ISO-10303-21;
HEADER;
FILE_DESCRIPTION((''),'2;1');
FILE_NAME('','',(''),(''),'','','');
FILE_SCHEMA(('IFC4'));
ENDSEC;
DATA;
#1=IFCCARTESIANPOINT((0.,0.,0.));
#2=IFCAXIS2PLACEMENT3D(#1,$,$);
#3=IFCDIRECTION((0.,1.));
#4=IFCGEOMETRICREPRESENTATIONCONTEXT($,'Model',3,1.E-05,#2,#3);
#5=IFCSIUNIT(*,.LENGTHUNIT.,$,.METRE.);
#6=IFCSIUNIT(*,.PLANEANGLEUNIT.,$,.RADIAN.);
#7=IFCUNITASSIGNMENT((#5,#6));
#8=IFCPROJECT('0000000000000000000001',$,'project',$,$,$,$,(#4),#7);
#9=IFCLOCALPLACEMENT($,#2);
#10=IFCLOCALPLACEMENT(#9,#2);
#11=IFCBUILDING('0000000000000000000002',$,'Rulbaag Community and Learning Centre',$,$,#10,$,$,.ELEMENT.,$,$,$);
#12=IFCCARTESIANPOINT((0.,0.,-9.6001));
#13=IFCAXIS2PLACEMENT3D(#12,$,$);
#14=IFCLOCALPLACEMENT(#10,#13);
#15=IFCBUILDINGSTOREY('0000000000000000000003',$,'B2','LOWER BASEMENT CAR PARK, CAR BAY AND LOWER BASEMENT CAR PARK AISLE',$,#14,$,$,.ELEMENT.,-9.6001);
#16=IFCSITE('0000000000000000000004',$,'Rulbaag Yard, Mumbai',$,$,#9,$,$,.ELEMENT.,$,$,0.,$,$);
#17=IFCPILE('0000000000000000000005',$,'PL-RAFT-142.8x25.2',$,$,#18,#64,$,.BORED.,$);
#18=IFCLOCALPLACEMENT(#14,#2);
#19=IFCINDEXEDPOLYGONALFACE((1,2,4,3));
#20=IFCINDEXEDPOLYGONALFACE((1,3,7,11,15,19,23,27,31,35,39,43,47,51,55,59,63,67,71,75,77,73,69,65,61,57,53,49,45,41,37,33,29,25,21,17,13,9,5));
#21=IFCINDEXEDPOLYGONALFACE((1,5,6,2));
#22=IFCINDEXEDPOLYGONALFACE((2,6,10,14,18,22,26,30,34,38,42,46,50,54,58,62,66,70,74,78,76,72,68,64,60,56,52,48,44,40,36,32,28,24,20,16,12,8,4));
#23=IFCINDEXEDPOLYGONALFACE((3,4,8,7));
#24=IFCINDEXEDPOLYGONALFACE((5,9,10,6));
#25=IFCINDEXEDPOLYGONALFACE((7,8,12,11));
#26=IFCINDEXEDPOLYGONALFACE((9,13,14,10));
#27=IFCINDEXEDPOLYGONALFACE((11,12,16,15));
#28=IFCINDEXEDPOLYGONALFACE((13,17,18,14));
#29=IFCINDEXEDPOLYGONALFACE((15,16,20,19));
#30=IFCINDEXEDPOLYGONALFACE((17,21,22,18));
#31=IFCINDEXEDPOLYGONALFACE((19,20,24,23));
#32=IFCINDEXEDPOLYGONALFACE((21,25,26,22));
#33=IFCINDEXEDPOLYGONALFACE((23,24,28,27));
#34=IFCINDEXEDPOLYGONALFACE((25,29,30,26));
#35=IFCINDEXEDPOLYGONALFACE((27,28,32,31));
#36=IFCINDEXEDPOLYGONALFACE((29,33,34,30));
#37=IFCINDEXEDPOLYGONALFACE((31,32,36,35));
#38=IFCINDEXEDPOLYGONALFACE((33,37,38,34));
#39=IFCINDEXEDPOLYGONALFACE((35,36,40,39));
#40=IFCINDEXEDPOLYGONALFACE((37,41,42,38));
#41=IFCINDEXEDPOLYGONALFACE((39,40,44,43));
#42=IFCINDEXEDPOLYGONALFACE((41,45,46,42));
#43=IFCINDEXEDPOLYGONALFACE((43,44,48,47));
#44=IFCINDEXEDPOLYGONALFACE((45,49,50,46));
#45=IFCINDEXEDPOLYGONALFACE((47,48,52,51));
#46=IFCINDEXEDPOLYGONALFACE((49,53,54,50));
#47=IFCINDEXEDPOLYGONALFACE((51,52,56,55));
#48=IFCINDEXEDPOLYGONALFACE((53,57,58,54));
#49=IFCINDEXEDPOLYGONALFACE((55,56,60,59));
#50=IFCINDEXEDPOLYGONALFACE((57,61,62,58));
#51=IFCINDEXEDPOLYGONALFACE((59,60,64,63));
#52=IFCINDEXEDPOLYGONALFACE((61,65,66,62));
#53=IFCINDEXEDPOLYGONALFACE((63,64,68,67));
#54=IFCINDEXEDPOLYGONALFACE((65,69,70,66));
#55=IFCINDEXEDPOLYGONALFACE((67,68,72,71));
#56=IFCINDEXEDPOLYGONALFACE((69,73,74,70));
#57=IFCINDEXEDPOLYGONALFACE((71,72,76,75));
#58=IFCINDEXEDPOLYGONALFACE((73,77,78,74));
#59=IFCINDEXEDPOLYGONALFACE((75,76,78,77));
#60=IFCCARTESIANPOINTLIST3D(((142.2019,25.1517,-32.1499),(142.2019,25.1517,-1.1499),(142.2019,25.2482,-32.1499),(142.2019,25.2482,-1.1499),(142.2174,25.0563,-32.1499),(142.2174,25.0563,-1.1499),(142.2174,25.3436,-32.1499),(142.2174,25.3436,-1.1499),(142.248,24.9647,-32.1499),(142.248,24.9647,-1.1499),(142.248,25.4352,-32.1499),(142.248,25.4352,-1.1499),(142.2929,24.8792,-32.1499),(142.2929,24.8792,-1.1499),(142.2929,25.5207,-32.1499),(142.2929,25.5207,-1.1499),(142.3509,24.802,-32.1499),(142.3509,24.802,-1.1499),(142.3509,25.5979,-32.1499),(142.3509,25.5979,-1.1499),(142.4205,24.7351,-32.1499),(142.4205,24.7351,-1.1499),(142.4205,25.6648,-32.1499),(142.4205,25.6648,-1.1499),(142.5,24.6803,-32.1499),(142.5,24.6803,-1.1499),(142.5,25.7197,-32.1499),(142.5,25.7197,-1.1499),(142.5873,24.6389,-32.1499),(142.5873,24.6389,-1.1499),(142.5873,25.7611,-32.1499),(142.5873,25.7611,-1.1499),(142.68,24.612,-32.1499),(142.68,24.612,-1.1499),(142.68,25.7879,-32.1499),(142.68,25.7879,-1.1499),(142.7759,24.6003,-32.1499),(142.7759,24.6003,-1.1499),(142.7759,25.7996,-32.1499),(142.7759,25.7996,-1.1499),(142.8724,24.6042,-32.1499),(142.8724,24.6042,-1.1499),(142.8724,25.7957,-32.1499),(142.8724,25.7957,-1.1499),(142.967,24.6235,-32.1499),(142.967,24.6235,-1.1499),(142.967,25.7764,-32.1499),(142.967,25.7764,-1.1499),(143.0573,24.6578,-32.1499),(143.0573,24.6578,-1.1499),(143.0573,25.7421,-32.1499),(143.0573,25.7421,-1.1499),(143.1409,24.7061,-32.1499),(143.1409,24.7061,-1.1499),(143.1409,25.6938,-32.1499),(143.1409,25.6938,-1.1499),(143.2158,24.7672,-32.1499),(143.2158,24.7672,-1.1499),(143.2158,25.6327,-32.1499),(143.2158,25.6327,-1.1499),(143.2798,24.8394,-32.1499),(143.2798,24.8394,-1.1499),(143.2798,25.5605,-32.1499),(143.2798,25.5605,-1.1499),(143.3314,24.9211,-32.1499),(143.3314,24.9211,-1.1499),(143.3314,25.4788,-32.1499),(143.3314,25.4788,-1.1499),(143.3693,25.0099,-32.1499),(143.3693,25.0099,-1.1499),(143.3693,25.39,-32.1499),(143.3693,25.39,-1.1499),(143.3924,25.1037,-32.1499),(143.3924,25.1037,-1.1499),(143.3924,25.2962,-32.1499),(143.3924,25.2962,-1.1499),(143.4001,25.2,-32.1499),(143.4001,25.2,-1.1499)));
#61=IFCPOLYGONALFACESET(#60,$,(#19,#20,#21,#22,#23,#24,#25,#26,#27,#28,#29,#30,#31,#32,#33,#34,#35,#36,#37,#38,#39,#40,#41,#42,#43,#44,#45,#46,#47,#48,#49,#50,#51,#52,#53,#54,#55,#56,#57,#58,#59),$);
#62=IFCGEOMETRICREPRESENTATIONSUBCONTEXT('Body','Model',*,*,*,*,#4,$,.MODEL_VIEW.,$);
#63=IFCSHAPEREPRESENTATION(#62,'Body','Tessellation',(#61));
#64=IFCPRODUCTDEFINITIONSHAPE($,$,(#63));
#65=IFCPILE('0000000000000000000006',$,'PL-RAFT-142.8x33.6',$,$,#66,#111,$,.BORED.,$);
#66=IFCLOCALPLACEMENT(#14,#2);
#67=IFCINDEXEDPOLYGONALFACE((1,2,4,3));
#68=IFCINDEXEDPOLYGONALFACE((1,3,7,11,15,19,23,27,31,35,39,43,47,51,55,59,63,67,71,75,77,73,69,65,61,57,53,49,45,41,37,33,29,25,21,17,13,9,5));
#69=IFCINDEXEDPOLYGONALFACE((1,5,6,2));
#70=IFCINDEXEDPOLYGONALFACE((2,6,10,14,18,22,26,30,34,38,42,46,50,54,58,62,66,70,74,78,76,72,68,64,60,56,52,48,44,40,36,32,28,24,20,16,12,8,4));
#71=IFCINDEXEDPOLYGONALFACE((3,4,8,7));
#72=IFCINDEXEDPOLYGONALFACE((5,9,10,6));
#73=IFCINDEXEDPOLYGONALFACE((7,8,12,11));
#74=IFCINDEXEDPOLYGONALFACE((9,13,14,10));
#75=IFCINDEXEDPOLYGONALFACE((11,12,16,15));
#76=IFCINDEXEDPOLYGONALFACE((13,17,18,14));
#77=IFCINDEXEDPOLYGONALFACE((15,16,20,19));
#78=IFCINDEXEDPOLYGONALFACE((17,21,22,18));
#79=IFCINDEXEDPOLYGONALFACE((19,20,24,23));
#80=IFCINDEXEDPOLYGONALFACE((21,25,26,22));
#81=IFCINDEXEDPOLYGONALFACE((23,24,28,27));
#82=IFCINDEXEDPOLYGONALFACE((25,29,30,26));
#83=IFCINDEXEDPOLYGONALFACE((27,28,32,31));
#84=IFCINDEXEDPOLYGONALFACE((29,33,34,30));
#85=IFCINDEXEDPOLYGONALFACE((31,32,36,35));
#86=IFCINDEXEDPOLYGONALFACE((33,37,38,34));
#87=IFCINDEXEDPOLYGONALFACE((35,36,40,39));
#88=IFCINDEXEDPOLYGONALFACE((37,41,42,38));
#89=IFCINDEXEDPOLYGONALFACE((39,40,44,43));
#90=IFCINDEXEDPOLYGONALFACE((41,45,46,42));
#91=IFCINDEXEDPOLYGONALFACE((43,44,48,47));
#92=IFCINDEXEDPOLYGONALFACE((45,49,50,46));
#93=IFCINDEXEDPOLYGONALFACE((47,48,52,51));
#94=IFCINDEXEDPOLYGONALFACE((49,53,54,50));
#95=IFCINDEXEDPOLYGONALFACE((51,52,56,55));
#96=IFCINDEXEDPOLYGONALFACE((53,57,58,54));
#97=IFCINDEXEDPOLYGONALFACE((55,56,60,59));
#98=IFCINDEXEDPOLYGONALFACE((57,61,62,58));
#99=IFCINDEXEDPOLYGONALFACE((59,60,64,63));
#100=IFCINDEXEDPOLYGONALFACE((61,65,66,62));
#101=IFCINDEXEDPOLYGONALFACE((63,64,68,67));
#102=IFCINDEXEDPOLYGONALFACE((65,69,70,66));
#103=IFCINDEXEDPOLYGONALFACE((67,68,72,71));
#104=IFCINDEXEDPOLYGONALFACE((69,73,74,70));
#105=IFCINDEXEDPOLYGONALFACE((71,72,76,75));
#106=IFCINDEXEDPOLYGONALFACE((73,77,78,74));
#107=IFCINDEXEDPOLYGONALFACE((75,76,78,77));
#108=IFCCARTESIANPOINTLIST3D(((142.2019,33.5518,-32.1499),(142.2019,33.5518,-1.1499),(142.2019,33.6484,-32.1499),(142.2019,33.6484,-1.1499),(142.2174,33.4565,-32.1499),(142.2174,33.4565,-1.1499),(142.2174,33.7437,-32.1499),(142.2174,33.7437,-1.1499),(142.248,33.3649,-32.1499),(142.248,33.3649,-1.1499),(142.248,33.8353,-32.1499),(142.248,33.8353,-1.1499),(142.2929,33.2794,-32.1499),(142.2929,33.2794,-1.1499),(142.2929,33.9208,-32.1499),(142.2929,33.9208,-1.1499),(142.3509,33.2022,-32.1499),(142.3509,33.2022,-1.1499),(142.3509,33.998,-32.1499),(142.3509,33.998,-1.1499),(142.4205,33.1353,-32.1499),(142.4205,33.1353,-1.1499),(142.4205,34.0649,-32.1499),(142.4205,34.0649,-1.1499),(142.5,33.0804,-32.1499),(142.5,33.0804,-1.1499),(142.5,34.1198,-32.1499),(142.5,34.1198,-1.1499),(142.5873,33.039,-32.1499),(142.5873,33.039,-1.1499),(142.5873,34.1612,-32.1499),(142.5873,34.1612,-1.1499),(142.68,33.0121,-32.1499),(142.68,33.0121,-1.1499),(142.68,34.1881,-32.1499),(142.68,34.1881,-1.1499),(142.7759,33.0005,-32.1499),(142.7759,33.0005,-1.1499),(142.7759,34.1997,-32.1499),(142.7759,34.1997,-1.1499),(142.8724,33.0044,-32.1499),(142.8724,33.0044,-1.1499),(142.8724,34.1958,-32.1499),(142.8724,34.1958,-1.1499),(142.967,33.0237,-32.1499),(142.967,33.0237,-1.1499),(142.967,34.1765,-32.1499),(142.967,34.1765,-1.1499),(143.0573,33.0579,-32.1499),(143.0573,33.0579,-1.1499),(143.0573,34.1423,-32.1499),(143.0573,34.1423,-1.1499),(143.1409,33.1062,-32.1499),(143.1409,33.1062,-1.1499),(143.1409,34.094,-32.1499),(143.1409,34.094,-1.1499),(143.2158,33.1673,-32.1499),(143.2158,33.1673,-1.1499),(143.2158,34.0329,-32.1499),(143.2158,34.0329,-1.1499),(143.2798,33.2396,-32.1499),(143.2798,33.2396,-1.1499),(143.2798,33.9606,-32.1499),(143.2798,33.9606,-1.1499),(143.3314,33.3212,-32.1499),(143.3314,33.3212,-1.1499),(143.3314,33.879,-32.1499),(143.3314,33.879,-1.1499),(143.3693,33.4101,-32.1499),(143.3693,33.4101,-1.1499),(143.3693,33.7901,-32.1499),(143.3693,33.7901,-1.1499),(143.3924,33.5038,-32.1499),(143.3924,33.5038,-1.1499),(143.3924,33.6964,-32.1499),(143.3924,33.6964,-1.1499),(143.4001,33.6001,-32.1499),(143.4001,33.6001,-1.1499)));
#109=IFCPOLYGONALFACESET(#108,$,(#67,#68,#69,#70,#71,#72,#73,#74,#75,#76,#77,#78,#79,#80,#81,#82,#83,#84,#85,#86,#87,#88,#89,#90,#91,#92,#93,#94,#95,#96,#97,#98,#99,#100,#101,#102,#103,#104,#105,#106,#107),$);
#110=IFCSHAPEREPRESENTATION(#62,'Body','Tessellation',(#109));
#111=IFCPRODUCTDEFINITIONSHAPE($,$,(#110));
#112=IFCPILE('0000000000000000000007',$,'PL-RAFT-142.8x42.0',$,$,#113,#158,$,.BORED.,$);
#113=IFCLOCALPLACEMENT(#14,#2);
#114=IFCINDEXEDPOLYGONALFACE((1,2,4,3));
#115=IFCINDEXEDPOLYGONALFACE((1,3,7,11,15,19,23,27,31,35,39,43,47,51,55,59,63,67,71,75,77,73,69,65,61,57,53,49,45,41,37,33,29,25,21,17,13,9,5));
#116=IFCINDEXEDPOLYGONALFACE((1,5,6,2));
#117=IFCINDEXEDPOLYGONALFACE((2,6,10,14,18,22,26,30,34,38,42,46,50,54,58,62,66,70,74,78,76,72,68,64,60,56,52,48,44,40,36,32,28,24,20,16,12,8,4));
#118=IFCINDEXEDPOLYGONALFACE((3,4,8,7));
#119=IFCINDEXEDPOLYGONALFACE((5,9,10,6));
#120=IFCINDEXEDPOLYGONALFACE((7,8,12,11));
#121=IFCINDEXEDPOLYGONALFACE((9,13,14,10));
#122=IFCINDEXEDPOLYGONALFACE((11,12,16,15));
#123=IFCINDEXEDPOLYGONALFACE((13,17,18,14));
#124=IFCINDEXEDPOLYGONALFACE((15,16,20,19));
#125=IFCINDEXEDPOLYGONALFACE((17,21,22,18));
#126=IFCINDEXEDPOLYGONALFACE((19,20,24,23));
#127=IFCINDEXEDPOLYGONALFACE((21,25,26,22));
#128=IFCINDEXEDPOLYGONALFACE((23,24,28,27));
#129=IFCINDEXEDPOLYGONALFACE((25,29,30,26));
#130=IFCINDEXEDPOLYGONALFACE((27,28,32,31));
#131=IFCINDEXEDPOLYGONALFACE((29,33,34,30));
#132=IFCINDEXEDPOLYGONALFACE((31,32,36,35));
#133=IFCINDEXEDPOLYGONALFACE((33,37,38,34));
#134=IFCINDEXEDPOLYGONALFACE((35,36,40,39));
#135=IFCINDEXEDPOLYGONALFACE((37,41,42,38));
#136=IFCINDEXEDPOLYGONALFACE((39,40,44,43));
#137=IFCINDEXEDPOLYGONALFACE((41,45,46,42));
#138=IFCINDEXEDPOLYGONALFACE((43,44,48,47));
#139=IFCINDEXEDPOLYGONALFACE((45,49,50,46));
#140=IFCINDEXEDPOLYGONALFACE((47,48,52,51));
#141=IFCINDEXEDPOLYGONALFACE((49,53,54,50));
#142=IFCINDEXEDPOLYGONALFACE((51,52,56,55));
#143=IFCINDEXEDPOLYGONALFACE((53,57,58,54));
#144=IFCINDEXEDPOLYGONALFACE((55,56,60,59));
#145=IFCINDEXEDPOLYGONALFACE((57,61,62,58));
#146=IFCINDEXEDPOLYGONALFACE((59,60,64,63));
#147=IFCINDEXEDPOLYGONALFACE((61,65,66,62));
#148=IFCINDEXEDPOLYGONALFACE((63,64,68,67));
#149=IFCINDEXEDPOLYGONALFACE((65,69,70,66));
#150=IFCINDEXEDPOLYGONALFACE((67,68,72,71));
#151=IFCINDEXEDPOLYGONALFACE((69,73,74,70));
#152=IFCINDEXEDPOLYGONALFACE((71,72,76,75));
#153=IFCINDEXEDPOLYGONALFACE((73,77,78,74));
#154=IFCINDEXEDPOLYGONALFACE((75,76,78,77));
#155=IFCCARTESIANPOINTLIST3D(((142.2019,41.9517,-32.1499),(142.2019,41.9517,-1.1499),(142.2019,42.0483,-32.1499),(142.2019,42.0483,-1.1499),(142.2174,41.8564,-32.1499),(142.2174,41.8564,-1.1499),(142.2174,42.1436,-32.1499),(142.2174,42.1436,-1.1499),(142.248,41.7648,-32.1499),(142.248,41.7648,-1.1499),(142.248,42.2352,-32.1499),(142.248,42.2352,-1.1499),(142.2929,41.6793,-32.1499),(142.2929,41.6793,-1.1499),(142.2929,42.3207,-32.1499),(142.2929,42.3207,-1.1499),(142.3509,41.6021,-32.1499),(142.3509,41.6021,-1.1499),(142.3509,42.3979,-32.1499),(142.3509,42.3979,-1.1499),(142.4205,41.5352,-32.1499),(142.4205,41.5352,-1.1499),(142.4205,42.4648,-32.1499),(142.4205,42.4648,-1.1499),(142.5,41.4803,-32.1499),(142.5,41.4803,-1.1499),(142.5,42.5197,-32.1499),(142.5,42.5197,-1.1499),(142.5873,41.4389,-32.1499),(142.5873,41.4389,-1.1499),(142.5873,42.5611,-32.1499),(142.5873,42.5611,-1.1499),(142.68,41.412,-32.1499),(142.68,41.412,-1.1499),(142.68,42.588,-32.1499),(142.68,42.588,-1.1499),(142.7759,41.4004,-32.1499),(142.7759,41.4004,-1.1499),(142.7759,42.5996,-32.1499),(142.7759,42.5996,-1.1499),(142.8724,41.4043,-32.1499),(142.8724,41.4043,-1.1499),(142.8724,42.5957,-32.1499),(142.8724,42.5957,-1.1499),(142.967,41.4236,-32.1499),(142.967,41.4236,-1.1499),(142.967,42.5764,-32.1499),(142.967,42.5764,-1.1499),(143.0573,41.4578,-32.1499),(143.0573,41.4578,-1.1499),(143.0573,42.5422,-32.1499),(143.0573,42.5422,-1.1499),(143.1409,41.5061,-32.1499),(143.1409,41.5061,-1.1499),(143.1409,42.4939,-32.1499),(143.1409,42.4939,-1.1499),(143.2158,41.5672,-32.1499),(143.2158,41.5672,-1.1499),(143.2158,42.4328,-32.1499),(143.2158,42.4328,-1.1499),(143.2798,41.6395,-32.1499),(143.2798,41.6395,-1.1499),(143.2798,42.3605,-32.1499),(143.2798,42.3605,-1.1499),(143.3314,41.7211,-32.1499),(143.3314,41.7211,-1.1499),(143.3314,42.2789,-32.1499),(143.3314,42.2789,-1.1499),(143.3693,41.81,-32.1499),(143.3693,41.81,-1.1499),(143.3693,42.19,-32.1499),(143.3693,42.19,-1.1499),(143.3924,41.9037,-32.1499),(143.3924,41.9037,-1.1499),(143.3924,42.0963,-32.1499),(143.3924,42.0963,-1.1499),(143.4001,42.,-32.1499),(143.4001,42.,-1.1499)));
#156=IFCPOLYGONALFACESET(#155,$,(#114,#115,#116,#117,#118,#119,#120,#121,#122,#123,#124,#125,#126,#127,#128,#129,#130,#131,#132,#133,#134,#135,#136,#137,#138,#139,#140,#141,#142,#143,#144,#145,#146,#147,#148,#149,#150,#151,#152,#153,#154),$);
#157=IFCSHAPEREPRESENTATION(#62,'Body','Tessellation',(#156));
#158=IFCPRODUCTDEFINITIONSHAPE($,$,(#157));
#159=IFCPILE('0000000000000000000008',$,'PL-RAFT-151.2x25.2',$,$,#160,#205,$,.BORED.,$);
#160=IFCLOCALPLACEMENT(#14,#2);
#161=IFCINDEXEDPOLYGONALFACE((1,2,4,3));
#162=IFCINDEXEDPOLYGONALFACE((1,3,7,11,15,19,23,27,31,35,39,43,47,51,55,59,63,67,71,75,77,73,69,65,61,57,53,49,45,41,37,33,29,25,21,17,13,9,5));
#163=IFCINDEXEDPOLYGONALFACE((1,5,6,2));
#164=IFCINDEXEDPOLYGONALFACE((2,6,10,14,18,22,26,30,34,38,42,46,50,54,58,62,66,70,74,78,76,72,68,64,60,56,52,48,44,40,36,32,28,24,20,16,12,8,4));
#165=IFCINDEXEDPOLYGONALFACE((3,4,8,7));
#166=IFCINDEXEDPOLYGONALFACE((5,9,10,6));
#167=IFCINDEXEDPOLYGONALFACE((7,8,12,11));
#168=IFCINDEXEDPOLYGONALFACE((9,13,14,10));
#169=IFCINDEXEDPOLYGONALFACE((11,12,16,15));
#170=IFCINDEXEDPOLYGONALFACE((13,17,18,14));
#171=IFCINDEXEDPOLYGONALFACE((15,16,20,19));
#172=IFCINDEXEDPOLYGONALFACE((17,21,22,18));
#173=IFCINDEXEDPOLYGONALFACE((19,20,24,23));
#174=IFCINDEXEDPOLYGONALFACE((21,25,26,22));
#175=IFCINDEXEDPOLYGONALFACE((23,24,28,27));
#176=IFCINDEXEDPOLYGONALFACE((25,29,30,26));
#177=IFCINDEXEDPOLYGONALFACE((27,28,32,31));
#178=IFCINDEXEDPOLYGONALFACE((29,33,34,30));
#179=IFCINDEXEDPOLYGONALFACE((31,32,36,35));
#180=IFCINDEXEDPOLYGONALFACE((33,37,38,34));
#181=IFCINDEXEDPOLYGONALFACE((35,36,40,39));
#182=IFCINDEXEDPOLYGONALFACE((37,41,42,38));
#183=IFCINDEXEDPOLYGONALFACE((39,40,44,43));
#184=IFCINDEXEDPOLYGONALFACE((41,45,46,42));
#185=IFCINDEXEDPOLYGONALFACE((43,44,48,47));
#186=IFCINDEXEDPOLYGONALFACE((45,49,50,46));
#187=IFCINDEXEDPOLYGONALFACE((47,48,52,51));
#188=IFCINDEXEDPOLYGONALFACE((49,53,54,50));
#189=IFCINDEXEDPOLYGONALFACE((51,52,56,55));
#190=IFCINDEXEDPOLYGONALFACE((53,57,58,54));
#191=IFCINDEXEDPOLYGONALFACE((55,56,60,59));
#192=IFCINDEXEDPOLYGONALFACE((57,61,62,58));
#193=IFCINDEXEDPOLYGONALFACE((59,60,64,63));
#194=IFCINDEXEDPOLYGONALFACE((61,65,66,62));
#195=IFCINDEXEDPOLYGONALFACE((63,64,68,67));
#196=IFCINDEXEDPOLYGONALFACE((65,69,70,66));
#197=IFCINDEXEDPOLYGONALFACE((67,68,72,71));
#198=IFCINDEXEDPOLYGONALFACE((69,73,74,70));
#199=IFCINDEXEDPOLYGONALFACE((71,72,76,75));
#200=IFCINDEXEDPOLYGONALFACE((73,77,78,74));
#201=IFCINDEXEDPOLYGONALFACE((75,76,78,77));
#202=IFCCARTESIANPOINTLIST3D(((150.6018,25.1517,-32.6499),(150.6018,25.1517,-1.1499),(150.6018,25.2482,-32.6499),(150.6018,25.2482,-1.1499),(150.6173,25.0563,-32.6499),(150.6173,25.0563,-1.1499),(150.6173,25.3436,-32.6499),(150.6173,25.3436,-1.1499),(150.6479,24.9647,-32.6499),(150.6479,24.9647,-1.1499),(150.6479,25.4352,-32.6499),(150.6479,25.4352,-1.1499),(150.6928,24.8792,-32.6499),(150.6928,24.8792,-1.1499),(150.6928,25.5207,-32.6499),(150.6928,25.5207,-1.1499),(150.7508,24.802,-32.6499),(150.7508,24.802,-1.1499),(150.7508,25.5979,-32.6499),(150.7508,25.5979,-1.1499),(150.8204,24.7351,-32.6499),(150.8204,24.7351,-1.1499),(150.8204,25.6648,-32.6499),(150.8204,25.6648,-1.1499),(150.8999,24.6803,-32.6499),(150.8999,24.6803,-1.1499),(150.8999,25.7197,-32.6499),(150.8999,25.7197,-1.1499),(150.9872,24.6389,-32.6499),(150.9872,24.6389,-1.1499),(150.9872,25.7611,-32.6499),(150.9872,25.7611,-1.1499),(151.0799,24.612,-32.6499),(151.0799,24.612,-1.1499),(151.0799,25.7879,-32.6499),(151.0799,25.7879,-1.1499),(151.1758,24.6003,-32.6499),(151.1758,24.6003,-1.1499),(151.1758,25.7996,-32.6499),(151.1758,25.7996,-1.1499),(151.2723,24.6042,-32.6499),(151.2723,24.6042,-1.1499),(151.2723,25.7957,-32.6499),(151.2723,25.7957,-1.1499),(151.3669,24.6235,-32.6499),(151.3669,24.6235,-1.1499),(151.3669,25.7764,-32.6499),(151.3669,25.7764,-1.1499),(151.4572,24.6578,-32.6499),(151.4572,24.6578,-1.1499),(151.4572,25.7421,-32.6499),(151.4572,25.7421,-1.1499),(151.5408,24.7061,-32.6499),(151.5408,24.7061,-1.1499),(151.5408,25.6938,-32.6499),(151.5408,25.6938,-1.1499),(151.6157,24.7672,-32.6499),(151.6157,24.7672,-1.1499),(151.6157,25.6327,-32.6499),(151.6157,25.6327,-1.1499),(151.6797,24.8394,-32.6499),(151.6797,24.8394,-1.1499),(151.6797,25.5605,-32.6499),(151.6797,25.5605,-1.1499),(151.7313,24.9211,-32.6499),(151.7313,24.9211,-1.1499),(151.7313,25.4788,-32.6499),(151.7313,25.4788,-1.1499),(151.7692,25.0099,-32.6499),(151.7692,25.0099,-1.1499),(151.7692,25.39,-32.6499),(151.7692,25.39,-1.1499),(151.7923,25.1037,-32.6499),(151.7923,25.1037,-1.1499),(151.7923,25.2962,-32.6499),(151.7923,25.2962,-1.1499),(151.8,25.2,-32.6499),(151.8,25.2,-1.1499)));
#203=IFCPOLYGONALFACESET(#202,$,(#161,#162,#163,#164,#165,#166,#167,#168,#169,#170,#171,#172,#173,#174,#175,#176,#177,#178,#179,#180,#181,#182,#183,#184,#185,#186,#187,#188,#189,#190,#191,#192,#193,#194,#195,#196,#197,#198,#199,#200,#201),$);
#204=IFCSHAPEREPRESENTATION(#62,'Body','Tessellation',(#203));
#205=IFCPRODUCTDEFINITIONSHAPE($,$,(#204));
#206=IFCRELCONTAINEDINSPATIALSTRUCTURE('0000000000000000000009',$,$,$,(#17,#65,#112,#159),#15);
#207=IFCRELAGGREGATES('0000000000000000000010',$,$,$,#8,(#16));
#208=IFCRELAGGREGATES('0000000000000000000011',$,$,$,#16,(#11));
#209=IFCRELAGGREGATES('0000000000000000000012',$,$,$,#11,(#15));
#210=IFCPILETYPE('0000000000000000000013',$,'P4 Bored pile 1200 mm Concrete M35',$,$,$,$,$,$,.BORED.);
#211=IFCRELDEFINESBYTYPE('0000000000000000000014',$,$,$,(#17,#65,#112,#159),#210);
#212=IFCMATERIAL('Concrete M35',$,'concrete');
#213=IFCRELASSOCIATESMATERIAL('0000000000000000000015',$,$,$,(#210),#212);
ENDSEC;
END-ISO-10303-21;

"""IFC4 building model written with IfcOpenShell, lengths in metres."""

from ifc_helpers import new_model, si_unit, direction, frame, origin, origin_2d, place, context, subcontext, project, spatial, circle, extrude, material, material_profile, profile_set, type_object, element, save


model = new_model("IFC4")

# Units and contexts
model_context = context("Model", 3, precision=1e-05, world=origin(), true_north=direction((0.0, 1.0)))
body_context = subcontext(model_context, "Body", "Model", "MODEL_VIEW")
ifc_project = project(units=[si_unit("LENGTHUNIT", "METRE"), si_unit("PLANEANGLEUNIT", "RADIAN")], contexts=[model_context])

# Site, building, storey
site_placement = place(None, origin())
site = spatial("IfcSite", under=ifc_project, at=site_placement, Name="Rulbaag Yard, Mumbai", CompositionType="ELEMENT", RefElevation=0.0)
building_placement = place(site_placement, origin())
building = spatial("IfcBuilding", under=site, at=building_placement, Name="Rulbaag Community and Learning Centre", CompositionType="ELEMENT")
storey_placement = place(building_placement, frame((0.0, 0.0, -9.6001)))
storey = spatial("IfcBuildingStorey", under=building, at=storey_placement, Name="B2", Description="LOWER BASEMENT CAR PARK, CAR BAY AND LOWER BASEMENT CAR PARK AISLE", CompositionType="ELEMENT", Elevation=-9.6001)

# Piles
ifc_material_1 = material(Name="Concrete M35", Category="concrete")
ifc_material_profile_1 = material_profile(ifc_material_1, circle(Radius=0.6001, at=origin_2d()), Name="BP1200")
ifc_profile_set_1 = profile_set([ifc_material_profile_1], Name="Concrete M35")
pile_type_1 = type_object("IfcPileType", Name="P4 Bored pile 1200 mm Concrete M35", PredefinedType="BORED", material=ifc_profile_set_1)
for number, where, z_axis, x_axis, name in (
    (1, (142.8, 25.2, -1.1499), (0.0, 0.0, -1.0), (1.0, 0.0, 0.0), "PL-RAFT-142.8x25.2"),
    (2, (142.8, 33.6001, -1.1499), (0.0, 0.0, -1.0), (1.0, 0.0, 0.0), "PL-RAFT-142.8x33.6"),
    (3, (142.8, 42.0, -1.1499), (0.0, 0.0, -1.0), (1.0, 0.0, 0.0), "PL-RAFT-142.8x42.0"),
):
    element("IfcPile", number, at=place(storey_placement, frame(where, z_axis=z_axis, x_axis=x_axis)), inside=storey, type_object=pile_type_1, Name=name, PredefinedType="BORED", context=body_context, shape_type="SweptSolid", body=[
        extrude(circle(Radius=0.6001, at=origin_2d()), origin(), (0.0, 0.0, 1.0), 31.0),
    ])
for number, where, z_axis, x_axis, name in (
    (4, (151.2, 25.2, -1.1499), (0.0, 0.0, -1.0), (1.0, 0.0, 0.0), "PL-RAFT-151.2x25.2"),
):
    element("IfcPile", number, at=place(storey_placement, frame(where, z_axis=z_axis, x_axis=x_axis)), inside=storey, type_object=pile_type_1, Name=name, PredefinedType="BORED", context=body_context, shape_type="SweptSolid", body=[
        extrude(circle(Radius=0.6001, at=origin_2d()), origin(), (0.0, 0.0, 1.0), 31.5),
    ])

save(model, "model.ifc")
